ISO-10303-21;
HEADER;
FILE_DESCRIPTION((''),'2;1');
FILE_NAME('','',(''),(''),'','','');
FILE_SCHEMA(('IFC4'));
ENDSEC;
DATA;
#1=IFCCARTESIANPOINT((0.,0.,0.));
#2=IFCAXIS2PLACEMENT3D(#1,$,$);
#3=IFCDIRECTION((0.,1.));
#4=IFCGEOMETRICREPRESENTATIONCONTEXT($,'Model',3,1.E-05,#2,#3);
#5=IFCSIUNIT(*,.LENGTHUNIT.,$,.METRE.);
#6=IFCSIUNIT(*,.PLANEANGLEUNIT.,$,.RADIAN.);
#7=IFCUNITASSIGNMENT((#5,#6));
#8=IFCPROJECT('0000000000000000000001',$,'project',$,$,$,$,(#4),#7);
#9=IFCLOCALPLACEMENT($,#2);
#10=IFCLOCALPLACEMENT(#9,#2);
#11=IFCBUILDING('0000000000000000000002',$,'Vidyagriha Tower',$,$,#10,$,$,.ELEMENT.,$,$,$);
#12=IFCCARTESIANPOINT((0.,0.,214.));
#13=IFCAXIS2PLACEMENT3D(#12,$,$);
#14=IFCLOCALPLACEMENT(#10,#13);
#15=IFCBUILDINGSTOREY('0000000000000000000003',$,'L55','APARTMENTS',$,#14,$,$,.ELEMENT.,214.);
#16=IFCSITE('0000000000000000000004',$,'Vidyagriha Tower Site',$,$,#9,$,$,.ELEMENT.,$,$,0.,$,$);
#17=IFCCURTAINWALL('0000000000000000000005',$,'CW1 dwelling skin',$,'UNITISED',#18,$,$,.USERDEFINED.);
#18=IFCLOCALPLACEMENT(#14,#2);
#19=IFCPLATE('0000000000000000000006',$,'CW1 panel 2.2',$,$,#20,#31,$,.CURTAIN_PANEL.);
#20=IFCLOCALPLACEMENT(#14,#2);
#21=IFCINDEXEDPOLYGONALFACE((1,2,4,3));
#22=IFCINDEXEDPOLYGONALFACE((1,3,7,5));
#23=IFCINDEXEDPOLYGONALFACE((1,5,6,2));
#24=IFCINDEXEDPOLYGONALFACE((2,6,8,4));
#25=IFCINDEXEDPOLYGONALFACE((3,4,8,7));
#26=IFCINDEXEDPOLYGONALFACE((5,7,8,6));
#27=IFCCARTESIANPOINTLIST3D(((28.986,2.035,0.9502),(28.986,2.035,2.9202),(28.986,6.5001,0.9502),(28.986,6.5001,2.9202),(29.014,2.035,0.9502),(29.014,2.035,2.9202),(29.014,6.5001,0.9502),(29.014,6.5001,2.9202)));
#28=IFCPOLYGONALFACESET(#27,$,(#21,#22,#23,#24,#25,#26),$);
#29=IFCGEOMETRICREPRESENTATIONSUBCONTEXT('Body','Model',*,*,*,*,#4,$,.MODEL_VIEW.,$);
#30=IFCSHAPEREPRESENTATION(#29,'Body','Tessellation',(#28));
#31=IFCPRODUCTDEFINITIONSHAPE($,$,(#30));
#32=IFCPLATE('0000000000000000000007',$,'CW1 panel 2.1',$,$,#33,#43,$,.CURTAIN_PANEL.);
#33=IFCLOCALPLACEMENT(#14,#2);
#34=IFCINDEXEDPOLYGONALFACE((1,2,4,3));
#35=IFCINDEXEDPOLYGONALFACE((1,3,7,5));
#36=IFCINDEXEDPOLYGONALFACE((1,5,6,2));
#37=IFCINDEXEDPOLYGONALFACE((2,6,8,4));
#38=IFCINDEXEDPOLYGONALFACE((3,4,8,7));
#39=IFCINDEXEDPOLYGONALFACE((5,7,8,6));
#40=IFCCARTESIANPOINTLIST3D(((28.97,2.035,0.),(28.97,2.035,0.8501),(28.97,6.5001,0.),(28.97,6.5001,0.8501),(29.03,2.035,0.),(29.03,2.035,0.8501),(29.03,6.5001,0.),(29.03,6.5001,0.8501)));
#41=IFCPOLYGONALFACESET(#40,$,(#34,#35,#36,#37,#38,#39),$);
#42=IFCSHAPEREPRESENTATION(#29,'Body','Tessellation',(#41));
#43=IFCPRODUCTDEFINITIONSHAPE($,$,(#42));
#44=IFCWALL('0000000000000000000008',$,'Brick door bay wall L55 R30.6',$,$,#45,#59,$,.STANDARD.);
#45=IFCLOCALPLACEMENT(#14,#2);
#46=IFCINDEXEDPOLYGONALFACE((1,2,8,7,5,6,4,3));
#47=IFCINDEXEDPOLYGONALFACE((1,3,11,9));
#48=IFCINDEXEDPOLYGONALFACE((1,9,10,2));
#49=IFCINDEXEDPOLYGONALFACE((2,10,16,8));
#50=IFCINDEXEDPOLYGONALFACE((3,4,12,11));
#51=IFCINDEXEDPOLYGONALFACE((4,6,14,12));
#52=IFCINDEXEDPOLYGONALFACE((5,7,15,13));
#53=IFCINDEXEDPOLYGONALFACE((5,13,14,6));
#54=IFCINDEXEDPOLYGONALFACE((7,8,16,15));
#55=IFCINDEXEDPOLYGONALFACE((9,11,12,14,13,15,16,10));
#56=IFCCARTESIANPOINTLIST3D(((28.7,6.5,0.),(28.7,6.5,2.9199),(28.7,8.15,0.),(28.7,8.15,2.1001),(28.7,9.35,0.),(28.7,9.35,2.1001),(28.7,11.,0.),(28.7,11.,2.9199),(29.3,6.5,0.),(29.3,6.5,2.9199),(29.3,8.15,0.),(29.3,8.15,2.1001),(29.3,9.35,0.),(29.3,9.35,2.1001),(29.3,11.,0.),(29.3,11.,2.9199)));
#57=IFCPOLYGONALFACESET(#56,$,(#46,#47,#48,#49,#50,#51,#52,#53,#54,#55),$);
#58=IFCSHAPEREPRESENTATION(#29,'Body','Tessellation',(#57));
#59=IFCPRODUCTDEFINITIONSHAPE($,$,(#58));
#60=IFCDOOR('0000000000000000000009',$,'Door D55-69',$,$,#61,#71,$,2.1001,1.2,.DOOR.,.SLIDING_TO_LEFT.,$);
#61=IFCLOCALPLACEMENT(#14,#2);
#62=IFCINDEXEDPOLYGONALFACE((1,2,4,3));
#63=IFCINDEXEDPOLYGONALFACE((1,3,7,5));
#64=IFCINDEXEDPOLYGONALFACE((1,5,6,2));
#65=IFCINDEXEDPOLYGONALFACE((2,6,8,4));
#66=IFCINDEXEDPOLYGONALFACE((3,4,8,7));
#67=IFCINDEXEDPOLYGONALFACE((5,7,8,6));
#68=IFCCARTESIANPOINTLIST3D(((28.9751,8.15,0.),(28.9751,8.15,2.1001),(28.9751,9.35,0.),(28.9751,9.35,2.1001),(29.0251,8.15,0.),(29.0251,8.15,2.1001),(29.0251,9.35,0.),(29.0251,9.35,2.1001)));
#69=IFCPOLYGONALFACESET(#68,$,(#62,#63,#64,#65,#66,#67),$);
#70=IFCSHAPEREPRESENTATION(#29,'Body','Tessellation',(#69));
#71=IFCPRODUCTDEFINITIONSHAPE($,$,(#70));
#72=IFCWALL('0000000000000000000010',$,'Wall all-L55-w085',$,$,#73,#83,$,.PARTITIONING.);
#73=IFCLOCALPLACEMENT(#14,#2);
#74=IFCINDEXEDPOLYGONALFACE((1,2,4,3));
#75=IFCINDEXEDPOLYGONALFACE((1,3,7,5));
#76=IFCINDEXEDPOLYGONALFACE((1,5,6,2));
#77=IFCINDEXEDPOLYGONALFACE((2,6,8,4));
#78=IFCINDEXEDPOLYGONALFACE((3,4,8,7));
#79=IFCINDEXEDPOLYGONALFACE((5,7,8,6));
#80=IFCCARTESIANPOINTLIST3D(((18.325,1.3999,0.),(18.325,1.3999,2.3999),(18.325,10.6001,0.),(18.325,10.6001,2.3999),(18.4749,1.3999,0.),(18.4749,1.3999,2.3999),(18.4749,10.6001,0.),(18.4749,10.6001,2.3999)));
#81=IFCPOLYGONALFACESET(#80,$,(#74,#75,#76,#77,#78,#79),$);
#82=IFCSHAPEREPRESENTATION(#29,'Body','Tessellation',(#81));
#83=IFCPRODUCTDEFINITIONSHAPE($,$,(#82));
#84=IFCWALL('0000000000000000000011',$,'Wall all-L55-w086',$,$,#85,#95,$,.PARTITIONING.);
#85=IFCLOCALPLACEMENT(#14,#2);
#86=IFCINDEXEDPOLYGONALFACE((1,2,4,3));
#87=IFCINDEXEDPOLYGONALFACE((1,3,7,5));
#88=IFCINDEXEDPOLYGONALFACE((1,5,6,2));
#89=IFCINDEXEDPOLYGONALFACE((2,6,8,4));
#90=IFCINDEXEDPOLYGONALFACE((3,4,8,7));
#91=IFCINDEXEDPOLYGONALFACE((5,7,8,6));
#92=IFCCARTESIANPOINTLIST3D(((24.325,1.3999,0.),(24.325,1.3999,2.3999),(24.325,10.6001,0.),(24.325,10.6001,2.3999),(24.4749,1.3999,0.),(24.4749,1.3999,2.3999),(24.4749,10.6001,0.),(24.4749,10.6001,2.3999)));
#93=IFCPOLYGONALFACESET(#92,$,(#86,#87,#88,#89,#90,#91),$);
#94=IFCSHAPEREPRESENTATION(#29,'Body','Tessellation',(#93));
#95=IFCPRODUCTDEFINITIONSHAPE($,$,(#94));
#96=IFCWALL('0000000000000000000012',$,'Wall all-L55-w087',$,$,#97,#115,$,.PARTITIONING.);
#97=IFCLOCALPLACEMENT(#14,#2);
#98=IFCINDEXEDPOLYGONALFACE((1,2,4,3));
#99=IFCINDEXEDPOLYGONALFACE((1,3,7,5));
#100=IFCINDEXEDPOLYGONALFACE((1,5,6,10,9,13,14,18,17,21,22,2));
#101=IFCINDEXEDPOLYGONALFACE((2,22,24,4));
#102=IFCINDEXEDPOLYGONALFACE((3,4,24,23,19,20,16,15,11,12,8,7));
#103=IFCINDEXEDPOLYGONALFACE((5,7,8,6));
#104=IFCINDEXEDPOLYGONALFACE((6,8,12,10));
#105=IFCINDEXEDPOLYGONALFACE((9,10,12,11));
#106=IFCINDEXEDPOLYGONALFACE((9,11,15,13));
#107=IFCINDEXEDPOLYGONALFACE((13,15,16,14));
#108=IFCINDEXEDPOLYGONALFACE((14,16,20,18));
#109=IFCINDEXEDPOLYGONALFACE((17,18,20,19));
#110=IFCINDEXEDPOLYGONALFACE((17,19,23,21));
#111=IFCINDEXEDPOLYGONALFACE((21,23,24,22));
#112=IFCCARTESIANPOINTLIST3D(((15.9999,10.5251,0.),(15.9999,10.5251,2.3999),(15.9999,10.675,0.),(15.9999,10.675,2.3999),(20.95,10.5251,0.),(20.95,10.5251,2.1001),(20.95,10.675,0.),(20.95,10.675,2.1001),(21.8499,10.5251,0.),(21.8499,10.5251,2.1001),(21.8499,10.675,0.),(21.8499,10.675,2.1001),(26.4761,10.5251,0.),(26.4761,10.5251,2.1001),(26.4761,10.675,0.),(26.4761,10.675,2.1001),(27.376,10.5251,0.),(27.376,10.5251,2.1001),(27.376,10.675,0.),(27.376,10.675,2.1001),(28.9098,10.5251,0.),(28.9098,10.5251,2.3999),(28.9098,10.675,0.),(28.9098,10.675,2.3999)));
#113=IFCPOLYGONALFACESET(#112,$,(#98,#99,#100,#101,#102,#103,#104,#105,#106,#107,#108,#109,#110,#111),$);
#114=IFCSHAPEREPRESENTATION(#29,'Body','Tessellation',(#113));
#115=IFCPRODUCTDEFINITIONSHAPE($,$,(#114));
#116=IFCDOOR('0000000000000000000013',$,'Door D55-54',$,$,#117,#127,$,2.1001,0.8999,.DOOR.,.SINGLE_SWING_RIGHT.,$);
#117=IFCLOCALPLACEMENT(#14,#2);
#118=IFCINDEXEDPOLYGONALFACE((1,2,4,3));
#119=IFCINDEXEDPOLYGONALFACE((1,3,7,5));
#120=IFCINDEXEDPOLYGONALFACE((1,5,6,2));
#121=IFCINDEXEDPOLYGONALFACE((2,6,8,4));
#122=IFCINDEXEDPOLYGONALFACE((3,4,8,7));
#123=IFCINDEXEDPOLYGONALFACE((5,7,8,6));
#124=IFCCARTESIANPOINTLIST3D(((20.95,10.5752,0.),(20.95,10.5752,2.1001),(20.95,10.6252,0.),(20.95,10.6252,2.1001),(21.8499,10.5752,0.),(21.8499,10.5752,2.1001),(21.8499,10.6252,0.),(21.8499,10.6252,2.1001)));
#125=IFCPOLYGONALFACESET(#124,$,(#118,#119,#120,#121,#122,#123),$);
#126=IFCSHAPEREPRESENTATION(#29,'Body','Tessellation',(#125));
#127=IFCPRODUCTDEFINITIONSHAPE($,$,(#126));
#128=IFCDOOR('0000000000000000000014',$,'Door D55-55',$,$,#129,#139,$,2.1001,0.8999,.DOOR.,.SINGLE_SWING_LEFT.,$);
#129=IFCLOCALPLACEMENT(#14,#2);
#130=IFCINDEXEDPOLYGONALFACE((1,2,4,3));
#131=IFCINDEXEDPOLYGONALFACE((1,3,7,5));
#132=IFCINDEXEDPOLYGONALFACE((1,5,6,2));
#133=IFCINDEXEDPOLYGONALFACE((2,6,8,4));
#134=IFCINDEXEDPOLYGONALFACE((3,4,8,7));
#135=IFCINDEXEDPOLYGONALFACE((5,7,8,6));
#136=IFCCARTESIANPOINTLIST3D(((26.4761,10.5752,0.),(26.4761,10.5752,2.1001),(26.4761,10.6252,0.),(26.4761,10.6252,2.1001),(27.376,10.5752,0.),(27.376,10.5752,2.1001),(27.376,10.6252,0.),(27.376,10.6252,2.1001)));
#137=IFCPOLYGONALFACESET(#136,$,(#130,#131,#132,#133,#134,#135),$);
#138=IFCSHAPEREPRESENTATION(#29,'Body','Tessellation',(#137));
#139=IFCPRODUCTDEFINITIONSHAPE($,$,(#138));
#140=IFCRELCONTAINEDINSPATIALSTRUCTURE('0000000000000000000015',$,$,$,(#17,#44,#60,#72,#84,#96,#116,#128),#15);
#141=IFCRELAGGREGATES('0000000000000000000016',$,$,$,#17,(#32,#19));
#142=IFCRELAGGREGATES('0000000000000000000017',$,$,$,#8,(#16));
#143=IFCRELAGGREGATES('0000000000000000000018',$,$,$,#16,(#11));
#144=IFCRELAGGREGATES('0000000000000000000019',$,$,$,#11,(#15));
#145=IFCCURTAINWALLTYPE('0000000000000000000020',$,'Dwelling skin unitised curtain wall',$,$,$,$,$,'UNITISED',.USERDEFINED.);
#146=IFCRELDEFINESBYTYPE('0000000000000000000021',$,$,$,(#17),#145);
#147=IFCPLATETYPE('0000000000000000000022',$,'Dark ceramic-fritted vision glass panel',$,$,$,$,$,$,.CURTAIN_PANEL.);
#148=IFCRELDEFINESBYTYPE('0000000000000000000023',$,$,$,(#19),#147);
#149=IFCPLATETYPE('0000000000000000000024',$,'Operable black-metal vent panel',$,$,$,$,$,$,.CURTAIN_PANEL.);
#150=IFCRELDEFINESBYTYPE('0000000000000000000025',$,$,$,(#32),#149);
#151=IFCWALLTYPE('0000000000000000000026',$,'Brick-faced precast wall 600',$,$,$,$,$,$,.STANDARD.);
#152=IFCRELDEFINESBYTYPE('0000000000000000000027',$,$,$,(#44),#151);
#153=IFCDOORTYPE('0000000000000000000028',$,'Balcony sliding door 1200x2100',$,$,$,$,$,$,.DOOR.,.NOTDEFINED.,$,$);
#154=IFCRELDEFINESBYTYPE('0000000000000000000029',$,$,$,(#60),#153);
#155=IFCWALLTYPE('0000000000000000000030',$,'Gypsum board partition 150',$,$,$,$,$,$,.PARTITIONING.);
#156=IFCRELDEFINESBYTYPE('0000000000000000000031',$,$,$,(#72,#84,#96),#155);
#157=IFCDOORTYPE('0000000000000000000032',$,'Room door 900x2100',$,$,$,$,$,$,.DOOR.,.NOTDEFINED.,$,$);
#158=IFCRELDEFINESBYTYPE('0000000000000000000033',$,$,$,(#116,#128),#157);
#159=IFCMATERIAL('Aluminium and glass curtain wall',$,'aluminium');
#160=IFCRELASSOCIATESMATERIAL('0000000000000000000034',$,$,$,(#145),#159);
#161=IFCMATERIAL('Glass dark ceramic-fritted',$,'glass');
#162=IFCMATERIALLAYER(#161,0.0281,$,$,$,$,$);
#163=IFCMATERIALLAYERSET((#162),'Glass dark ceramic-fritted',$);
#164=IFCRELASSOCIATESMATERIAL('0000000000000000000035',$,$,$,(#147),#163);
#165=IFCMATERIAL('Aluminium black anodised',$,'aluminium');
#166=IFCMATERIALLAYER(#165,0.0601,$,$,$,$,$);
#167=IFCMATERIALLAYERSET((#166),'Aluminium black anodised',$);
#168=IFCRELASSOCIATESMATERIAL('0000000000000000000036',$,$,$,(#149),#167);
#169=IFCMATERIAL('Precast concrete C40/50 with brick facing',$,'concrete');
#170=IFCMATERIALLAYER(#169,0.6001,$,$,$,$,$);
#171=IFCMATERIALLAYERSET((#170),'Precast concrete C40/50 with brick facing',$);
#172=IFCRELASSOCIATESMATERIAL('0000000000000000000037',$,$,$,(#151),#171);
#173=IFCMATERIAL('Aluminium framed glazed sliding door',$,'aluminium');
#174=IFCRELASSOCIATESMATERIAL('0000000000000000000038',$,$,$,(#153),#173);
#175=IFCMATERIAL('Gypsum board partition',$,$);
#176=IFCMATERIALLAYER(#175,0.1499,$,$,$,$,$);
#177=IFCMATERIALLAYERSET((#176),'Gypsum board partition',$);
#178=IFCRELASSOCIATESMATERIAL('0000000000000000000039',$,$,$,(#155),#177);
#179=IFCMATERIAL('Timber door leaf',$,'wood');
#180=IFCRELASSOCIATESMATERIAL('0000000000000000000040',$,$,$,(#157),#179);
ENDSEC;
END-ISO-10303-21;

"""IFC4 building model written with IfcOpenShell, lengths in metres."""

from ifc_helpers import new_model, si_unit, direction, frame, frame_2d, origin, origin_2d, place, context, subcontext, project, spatial, rectangle, extrude, material, layer, layer_set, type_object, element, fill, aggregate, save


model = new_model("IFC4")

# Units and contexts
model_context = context("Model", 3, precision=1e-05, world=origin(), true_north=direction((0.0, 1.0)))
body_context = subcontext(model_context, "Body", "Model", "MODEL_VIEW")
ifc_project = project(units=[si_unit("LENGTHUNIT", "METRE"), si_unit("PLANEANGLEUNIT", "RADIAN")], contexts=[model_context])

# Site, building, storey
site_placement = place(None, origin())
site = spatial("IfcSite", under=ifc_project, at=site_placement, Name="Vidyagriha Tower Site", CompositionType="ELEMENT", RefElevation=0.0)
building_placement = place(site_placement, origin())
building = spatial("IfcBuilding", under=site, at=building_placement, Name="Vidyagriha Tower", CompositionType="ELEMENT")
storey_placement = place(building_placement, frame((0.0, 0.0, 214.0)))
storey = spatial("IfcBuildingStorey", under=building, at=storey_placement, Name="L55", Description="APARTMENTS", CompositionType="ELEMENT", Elevation=214.0)

# Curtain wall
ifc_material_1 = material(Name="Aluminium and glass curtain wall", Category="aluminium")
curtain_wall_type = type_object("IfcCurtainWallType", Name="Dwelling skin unitised curtain wall", ElementType="UNITISED", PredefinedType="USERDEFINED", material=ifc_material_1)
curtain_wall_1_placement = place(storey_placement, origin())
curtain_wall_1 = element("IfcCurtainWall", 1, at=curtain_wall_1_placement, inside=storey, type_object=curtain_wall_type, Name="CW1 dwelling skin", ObjectType="UNITISED", PredefinedType="USERDEFINED")

# Plates
ifc_material_2 = material(Name="Glass dark ceramic-fritted", Category="glass")
ifc_layer_1 = layer(ifc_material_2, 0.0281)
ifc_layer_set_1 = layer_set([ifc_layer_1], Name="Glass dark ceramic-fritted")
plate_type_1 = type_object("IfcPlateType", Name="Dark ceramic-fritted vision glass panel", PredefinedType="CURTAIN_PANEL", material=ifc_layer_set_1)
plate_1_placement = place(storey_placement, frame((29.0, 4.2676, 0.9502), z_axis=(0.0, 0.0, 1.0), x_axis=(0.0, 1.0, 0.0)))
plate_1 = element("IfcPlate", 2, at=plate_1_placement, type_object=plate_type_1, Name="CW1 panel 2.2", PredefinedType="CURTAIN_PANEL", context=body_context, shape_type="SweptSolid", body=[
    extrude(rectangle(XDim=4.4651, YDim=0.0281, at=origin_2d()), origin(), (0.0, 0.0, 1.0), 1.97),
])
ifc_material_3 = material(Name="Aluminium black anodised", Category="aluminium")
ifc_layer_2 = layer(ifc_material_3, 0.0601)
ifc_layer_set_2 = layer_set([ifc_layer_2], Name="Aluminium black anodised")
plate_type_2 = type_object("IfcPlateType", Name="Operable black-metal vent panel", PredefinedType="CURTAIN_PANEL", material=ifc_layer_set_2)
plate_2_placement = place(storey_placement, frame((29.0, 4.2676, 0.0), z_axis=(0.0, 0.0, 1.0), x_axis=(0.0, 1.0, 0.0)))
plate_2 = element("IfcPlate", 3, at=plate_2_placement, type_object=plate_type_2, Name="CW1 panel 2.1", PredefinedType="CURTAIN_PANEL", context=body_context, shape_type="SweptSolid", body=[
    extrude(rectangle(XDim=4.4651, YDim=0.0601, at=origin_2d()), origin(), (0.0, 0.0, 1.0), 0.8501),
])
aggregate(curtain_wall_1, [plate_2, plate_1])

# Wall, opening, door
ifc_material_4 = material(Name="Precast concrete C40/50 with brick facing", Category="concrete")
ifc_layer_3 = layer(ifc_material_4, 0.6001)
ifc_layer_set_3 = layer_set([ifc_layer_3], Name="Precast concrete C40/50 with brick facing")
wall_type_1 = type_object("IfcWallType", Name="Brick-faced precast wall 600", PredefinedType="STANDARD", material=ifc_layer_set_3)
wall_1_placement = place(storey_placement, frame((29.0, 6.5, 0.0), z_axis=(0.0, 0.0, 1.0), x_axis=(0.0, 1.0, 0.0)))
wall_1 = element("IfcWall", 4, at=wall_1_placement, inside=storey, type_object=wall_type_1, Name="Brick door bay wall L55 R30.6", PredefinedType="STANDARD", context=body_context, shape_type="SweptSolid", body=[
    extrude(rectangle(XDim=4.5, YDim=0.6001, at=frame_2d((2.25, 0.0))), origin(), (0.0, 0.0, 1.0), 2.9199),
])
opening_1_placement = place(wall_1_placement, frame((1.6499, 0.0, 0.0)))
opening_1 = element("IfcOpeningElement", 5, at=opening_1_placement, cuts=wall_1, PredefinedType="OPENING", context=body_context, shape_type="SweptSolid", body=[
    extrude(rectangle(XDim=1.2, YDim=2.1001, at=frame_2d((0.6001, 1.05))), frame((0.0, 0.3101, 0.0), z_axis=(0.0, -1.0, 0.0), x_axis=(1.0, 0.0, 0.0)), (0.0, 0.0, 1.0), 0.6201),
])
ifc_material_5 = material(Name="Aluminium framed glazed sliding door", Category="aluminium")
door_type_1 = type_object("IfcDoorType", Name="Balcony sliding door 1200x2100", OperationType="NOTDEFINED", PredefinedType="DOOR", material=ifc_material_5)
door_1_placement = place(opening_1_placement, origin())
door_1 = element("IfcDoor", 6, at=door_1_placement, inside=storey, type_object=door_type_1, Name="Door D55-69", OperationType="SLIDING_TO_LEFT", OverallHeight=2.1001, OverallWidth=1.2, PredefinedType="DOOR", context=body_context, shape_type="SweptSolid", body=[
    extrude(rectangle(XDim=1.2, YDim=2.1001, at=frame_2d((0.6001, 1.05))), frame((0.0, 0.0249, 0.0), z_axis=(0.0, -1.0, 0.0), x_axis=(1.0, 0.0, 0.0)), (0.0, 0.0, 1.0), 0.05),
])
fill(opening_1, door_1)

# Walls
ifc_material_6 = material(Name="Gypsum board partition")
ifc_layer_4 = layer(ifc_material_6, 0.1499)
ifc_layer_set_4 = layer_set([ifc_layer_4], Name="Gypsum board partition")
wall_type_2 = type_object("IfcWallType", Name="Gypsum board partition 150", PredefinedType="PARTITIONING", material=ifc_layer_set_4)
for number, where, z_axis, x_axis, name in (
    (7, (18.3999, 10.6001, 0.0), (0.0, 0.0, 1.0), (0.0, -1.0, 0.0), "Wall all-L55-w085"),
    (8, (24.3999, 10.6001, 0.0), (0.0, 0.0, 1.0), (0.0, -1.0, 0.0), "Wall all-L55-w086"),
):
    element("IfcWall", number, at=place(storey_placement, frame(where, z_axis=z_axis, x_axis=x_axis)), inside=storey, type_object=wall_type_2, Name=name, PredefinedType="PARTITIONING", context=body_context, shape_type="SweptSolid", body=[
        extrude(rectangle(XDim=9.2002, YDim=0.1499, at=frame_2d((4.6001, 0.0))), origin(), (0.0, 0.0, 1.0), 2.3999),
    ])

# Wall, openings, doors
wall_2_placement = place(storey_placement, frame((28.9099, 10.6001, 0.0), z_axis=(0.0, 0.0, 1.0), x_axis=(-1.0, 0.0, 0.0)))
wall_2 = element("IfcWall", 9, at=wall_2_placement, inside=storey, type_object=wall_type_2, Name="Wall all-L55-w087", PredefinedType="PARTITIONING", context=body_context, shape_type="SweptSolid", body=[
    extrude(rectangle(XDim=12.9099, YDim=0.1499, at=frame_2d((6.4551, 0.0))), origin(), (0.0, 0.0, 1.0), 2.3999),
])
opening_2_placement = place(wall_2_placement, frame((7.0601, 0.0, 0.0)))
opening_2 = element("IfcOpeningElement", 10, at=opening_2_placement, cuts=wall_2, PredefinedType="OPENING", context=body_context, shape_type="SweptSolid", body=[
    extrude(rectangle(XDim=0.8999, YDim=2.1001, at=frame_2d((0.45, 1.05))), frame((0.0, 0.085, 0.0), z_axis=(0.0, -1.0, 0.0), x_axis=(1.0, 0.0, 0.0)), (0.0, 0.0, 1.0), 0.1699),
])
opening_3_placement = place(wall_2_placement, frame((1.5339, 0.0, 0.0)))
opening_3 = element("IfcOpeningElement", 11, at=opening_3_placement, cuts=wall_2, PredefinedType="OPENING", context=body_context, shape_type="SweptSolid", body=[
    extrude(rectangle(XDim=0.8999, YDim=2.1001, at=frame_2d((0.45, 1.05))), frame((0.0, 0.085, 0.0), z_axis=(0.0, -1.0, 0.0), x_axis=(1.0, 0.0, 0.0)), (0.0, 0.0, 1.0), 0.1699),
])
ifc_material_7 = material(Name="Timber door leaf", Category="wood")
door_type_2 = type_object("IfcDoorType", Name="Room door 900x2100", OperationType="NOTDEFINED", PredefinedType="DOOR", material=ifc_material_7)
door_2_placement = place(opening_2_placement, origin())
door_2 = element("IfcDoor", 12, at=door_2_placement, inside=storey, type_object=door_type_2, Name="Door D55-54", OperationType="SINGLE_SWING_RIGHT", OverallHeight=2.1001, OverallWidth=0.8999, PredefinedType="DOOR", context=body_context, shape_type="SweptSolid", body=[
    extrude(rectangle(XDim=0.8999, YDim=2.1001, at=frame_2d((0.45, 1.05))), frame((0.0, 0.0249, 0.0), z_axis=(0.0, -1.0, 0.0), x_axis=(1.0, 0.0, 0.0)), (0.0, 0.0, 1.0), 0.05),
])
fill(opening_2, door_2)
door_3_placement = place(opening_3_placement, origin())
door_3 = element("IfcDoor", 13, at=door_3_placement, inside=storey, type_object=door_type_2, Name="Door D55-55", OperationType="SINGLE_SWING_LEFT", OverallHeight=2.1001, OverallWidth=0.8999, PredefinedType="DOOR", context=body_context, shape_type="SweptSolid", body=[
    extrude(rectangle(XDim=0.8999, YDim=2.1001, at=frame_2d((0.45, 1.05))), frame((0.0, 0.0249, 0.0), z_axis=(0.0, -1.0, 0.0), x_axis=(1.0, 0.0, 0.0)), (0.0, 0.0, 1.0), 0.05),
])
fill(opening_3, door_3)

save(model, "model.ifc")
